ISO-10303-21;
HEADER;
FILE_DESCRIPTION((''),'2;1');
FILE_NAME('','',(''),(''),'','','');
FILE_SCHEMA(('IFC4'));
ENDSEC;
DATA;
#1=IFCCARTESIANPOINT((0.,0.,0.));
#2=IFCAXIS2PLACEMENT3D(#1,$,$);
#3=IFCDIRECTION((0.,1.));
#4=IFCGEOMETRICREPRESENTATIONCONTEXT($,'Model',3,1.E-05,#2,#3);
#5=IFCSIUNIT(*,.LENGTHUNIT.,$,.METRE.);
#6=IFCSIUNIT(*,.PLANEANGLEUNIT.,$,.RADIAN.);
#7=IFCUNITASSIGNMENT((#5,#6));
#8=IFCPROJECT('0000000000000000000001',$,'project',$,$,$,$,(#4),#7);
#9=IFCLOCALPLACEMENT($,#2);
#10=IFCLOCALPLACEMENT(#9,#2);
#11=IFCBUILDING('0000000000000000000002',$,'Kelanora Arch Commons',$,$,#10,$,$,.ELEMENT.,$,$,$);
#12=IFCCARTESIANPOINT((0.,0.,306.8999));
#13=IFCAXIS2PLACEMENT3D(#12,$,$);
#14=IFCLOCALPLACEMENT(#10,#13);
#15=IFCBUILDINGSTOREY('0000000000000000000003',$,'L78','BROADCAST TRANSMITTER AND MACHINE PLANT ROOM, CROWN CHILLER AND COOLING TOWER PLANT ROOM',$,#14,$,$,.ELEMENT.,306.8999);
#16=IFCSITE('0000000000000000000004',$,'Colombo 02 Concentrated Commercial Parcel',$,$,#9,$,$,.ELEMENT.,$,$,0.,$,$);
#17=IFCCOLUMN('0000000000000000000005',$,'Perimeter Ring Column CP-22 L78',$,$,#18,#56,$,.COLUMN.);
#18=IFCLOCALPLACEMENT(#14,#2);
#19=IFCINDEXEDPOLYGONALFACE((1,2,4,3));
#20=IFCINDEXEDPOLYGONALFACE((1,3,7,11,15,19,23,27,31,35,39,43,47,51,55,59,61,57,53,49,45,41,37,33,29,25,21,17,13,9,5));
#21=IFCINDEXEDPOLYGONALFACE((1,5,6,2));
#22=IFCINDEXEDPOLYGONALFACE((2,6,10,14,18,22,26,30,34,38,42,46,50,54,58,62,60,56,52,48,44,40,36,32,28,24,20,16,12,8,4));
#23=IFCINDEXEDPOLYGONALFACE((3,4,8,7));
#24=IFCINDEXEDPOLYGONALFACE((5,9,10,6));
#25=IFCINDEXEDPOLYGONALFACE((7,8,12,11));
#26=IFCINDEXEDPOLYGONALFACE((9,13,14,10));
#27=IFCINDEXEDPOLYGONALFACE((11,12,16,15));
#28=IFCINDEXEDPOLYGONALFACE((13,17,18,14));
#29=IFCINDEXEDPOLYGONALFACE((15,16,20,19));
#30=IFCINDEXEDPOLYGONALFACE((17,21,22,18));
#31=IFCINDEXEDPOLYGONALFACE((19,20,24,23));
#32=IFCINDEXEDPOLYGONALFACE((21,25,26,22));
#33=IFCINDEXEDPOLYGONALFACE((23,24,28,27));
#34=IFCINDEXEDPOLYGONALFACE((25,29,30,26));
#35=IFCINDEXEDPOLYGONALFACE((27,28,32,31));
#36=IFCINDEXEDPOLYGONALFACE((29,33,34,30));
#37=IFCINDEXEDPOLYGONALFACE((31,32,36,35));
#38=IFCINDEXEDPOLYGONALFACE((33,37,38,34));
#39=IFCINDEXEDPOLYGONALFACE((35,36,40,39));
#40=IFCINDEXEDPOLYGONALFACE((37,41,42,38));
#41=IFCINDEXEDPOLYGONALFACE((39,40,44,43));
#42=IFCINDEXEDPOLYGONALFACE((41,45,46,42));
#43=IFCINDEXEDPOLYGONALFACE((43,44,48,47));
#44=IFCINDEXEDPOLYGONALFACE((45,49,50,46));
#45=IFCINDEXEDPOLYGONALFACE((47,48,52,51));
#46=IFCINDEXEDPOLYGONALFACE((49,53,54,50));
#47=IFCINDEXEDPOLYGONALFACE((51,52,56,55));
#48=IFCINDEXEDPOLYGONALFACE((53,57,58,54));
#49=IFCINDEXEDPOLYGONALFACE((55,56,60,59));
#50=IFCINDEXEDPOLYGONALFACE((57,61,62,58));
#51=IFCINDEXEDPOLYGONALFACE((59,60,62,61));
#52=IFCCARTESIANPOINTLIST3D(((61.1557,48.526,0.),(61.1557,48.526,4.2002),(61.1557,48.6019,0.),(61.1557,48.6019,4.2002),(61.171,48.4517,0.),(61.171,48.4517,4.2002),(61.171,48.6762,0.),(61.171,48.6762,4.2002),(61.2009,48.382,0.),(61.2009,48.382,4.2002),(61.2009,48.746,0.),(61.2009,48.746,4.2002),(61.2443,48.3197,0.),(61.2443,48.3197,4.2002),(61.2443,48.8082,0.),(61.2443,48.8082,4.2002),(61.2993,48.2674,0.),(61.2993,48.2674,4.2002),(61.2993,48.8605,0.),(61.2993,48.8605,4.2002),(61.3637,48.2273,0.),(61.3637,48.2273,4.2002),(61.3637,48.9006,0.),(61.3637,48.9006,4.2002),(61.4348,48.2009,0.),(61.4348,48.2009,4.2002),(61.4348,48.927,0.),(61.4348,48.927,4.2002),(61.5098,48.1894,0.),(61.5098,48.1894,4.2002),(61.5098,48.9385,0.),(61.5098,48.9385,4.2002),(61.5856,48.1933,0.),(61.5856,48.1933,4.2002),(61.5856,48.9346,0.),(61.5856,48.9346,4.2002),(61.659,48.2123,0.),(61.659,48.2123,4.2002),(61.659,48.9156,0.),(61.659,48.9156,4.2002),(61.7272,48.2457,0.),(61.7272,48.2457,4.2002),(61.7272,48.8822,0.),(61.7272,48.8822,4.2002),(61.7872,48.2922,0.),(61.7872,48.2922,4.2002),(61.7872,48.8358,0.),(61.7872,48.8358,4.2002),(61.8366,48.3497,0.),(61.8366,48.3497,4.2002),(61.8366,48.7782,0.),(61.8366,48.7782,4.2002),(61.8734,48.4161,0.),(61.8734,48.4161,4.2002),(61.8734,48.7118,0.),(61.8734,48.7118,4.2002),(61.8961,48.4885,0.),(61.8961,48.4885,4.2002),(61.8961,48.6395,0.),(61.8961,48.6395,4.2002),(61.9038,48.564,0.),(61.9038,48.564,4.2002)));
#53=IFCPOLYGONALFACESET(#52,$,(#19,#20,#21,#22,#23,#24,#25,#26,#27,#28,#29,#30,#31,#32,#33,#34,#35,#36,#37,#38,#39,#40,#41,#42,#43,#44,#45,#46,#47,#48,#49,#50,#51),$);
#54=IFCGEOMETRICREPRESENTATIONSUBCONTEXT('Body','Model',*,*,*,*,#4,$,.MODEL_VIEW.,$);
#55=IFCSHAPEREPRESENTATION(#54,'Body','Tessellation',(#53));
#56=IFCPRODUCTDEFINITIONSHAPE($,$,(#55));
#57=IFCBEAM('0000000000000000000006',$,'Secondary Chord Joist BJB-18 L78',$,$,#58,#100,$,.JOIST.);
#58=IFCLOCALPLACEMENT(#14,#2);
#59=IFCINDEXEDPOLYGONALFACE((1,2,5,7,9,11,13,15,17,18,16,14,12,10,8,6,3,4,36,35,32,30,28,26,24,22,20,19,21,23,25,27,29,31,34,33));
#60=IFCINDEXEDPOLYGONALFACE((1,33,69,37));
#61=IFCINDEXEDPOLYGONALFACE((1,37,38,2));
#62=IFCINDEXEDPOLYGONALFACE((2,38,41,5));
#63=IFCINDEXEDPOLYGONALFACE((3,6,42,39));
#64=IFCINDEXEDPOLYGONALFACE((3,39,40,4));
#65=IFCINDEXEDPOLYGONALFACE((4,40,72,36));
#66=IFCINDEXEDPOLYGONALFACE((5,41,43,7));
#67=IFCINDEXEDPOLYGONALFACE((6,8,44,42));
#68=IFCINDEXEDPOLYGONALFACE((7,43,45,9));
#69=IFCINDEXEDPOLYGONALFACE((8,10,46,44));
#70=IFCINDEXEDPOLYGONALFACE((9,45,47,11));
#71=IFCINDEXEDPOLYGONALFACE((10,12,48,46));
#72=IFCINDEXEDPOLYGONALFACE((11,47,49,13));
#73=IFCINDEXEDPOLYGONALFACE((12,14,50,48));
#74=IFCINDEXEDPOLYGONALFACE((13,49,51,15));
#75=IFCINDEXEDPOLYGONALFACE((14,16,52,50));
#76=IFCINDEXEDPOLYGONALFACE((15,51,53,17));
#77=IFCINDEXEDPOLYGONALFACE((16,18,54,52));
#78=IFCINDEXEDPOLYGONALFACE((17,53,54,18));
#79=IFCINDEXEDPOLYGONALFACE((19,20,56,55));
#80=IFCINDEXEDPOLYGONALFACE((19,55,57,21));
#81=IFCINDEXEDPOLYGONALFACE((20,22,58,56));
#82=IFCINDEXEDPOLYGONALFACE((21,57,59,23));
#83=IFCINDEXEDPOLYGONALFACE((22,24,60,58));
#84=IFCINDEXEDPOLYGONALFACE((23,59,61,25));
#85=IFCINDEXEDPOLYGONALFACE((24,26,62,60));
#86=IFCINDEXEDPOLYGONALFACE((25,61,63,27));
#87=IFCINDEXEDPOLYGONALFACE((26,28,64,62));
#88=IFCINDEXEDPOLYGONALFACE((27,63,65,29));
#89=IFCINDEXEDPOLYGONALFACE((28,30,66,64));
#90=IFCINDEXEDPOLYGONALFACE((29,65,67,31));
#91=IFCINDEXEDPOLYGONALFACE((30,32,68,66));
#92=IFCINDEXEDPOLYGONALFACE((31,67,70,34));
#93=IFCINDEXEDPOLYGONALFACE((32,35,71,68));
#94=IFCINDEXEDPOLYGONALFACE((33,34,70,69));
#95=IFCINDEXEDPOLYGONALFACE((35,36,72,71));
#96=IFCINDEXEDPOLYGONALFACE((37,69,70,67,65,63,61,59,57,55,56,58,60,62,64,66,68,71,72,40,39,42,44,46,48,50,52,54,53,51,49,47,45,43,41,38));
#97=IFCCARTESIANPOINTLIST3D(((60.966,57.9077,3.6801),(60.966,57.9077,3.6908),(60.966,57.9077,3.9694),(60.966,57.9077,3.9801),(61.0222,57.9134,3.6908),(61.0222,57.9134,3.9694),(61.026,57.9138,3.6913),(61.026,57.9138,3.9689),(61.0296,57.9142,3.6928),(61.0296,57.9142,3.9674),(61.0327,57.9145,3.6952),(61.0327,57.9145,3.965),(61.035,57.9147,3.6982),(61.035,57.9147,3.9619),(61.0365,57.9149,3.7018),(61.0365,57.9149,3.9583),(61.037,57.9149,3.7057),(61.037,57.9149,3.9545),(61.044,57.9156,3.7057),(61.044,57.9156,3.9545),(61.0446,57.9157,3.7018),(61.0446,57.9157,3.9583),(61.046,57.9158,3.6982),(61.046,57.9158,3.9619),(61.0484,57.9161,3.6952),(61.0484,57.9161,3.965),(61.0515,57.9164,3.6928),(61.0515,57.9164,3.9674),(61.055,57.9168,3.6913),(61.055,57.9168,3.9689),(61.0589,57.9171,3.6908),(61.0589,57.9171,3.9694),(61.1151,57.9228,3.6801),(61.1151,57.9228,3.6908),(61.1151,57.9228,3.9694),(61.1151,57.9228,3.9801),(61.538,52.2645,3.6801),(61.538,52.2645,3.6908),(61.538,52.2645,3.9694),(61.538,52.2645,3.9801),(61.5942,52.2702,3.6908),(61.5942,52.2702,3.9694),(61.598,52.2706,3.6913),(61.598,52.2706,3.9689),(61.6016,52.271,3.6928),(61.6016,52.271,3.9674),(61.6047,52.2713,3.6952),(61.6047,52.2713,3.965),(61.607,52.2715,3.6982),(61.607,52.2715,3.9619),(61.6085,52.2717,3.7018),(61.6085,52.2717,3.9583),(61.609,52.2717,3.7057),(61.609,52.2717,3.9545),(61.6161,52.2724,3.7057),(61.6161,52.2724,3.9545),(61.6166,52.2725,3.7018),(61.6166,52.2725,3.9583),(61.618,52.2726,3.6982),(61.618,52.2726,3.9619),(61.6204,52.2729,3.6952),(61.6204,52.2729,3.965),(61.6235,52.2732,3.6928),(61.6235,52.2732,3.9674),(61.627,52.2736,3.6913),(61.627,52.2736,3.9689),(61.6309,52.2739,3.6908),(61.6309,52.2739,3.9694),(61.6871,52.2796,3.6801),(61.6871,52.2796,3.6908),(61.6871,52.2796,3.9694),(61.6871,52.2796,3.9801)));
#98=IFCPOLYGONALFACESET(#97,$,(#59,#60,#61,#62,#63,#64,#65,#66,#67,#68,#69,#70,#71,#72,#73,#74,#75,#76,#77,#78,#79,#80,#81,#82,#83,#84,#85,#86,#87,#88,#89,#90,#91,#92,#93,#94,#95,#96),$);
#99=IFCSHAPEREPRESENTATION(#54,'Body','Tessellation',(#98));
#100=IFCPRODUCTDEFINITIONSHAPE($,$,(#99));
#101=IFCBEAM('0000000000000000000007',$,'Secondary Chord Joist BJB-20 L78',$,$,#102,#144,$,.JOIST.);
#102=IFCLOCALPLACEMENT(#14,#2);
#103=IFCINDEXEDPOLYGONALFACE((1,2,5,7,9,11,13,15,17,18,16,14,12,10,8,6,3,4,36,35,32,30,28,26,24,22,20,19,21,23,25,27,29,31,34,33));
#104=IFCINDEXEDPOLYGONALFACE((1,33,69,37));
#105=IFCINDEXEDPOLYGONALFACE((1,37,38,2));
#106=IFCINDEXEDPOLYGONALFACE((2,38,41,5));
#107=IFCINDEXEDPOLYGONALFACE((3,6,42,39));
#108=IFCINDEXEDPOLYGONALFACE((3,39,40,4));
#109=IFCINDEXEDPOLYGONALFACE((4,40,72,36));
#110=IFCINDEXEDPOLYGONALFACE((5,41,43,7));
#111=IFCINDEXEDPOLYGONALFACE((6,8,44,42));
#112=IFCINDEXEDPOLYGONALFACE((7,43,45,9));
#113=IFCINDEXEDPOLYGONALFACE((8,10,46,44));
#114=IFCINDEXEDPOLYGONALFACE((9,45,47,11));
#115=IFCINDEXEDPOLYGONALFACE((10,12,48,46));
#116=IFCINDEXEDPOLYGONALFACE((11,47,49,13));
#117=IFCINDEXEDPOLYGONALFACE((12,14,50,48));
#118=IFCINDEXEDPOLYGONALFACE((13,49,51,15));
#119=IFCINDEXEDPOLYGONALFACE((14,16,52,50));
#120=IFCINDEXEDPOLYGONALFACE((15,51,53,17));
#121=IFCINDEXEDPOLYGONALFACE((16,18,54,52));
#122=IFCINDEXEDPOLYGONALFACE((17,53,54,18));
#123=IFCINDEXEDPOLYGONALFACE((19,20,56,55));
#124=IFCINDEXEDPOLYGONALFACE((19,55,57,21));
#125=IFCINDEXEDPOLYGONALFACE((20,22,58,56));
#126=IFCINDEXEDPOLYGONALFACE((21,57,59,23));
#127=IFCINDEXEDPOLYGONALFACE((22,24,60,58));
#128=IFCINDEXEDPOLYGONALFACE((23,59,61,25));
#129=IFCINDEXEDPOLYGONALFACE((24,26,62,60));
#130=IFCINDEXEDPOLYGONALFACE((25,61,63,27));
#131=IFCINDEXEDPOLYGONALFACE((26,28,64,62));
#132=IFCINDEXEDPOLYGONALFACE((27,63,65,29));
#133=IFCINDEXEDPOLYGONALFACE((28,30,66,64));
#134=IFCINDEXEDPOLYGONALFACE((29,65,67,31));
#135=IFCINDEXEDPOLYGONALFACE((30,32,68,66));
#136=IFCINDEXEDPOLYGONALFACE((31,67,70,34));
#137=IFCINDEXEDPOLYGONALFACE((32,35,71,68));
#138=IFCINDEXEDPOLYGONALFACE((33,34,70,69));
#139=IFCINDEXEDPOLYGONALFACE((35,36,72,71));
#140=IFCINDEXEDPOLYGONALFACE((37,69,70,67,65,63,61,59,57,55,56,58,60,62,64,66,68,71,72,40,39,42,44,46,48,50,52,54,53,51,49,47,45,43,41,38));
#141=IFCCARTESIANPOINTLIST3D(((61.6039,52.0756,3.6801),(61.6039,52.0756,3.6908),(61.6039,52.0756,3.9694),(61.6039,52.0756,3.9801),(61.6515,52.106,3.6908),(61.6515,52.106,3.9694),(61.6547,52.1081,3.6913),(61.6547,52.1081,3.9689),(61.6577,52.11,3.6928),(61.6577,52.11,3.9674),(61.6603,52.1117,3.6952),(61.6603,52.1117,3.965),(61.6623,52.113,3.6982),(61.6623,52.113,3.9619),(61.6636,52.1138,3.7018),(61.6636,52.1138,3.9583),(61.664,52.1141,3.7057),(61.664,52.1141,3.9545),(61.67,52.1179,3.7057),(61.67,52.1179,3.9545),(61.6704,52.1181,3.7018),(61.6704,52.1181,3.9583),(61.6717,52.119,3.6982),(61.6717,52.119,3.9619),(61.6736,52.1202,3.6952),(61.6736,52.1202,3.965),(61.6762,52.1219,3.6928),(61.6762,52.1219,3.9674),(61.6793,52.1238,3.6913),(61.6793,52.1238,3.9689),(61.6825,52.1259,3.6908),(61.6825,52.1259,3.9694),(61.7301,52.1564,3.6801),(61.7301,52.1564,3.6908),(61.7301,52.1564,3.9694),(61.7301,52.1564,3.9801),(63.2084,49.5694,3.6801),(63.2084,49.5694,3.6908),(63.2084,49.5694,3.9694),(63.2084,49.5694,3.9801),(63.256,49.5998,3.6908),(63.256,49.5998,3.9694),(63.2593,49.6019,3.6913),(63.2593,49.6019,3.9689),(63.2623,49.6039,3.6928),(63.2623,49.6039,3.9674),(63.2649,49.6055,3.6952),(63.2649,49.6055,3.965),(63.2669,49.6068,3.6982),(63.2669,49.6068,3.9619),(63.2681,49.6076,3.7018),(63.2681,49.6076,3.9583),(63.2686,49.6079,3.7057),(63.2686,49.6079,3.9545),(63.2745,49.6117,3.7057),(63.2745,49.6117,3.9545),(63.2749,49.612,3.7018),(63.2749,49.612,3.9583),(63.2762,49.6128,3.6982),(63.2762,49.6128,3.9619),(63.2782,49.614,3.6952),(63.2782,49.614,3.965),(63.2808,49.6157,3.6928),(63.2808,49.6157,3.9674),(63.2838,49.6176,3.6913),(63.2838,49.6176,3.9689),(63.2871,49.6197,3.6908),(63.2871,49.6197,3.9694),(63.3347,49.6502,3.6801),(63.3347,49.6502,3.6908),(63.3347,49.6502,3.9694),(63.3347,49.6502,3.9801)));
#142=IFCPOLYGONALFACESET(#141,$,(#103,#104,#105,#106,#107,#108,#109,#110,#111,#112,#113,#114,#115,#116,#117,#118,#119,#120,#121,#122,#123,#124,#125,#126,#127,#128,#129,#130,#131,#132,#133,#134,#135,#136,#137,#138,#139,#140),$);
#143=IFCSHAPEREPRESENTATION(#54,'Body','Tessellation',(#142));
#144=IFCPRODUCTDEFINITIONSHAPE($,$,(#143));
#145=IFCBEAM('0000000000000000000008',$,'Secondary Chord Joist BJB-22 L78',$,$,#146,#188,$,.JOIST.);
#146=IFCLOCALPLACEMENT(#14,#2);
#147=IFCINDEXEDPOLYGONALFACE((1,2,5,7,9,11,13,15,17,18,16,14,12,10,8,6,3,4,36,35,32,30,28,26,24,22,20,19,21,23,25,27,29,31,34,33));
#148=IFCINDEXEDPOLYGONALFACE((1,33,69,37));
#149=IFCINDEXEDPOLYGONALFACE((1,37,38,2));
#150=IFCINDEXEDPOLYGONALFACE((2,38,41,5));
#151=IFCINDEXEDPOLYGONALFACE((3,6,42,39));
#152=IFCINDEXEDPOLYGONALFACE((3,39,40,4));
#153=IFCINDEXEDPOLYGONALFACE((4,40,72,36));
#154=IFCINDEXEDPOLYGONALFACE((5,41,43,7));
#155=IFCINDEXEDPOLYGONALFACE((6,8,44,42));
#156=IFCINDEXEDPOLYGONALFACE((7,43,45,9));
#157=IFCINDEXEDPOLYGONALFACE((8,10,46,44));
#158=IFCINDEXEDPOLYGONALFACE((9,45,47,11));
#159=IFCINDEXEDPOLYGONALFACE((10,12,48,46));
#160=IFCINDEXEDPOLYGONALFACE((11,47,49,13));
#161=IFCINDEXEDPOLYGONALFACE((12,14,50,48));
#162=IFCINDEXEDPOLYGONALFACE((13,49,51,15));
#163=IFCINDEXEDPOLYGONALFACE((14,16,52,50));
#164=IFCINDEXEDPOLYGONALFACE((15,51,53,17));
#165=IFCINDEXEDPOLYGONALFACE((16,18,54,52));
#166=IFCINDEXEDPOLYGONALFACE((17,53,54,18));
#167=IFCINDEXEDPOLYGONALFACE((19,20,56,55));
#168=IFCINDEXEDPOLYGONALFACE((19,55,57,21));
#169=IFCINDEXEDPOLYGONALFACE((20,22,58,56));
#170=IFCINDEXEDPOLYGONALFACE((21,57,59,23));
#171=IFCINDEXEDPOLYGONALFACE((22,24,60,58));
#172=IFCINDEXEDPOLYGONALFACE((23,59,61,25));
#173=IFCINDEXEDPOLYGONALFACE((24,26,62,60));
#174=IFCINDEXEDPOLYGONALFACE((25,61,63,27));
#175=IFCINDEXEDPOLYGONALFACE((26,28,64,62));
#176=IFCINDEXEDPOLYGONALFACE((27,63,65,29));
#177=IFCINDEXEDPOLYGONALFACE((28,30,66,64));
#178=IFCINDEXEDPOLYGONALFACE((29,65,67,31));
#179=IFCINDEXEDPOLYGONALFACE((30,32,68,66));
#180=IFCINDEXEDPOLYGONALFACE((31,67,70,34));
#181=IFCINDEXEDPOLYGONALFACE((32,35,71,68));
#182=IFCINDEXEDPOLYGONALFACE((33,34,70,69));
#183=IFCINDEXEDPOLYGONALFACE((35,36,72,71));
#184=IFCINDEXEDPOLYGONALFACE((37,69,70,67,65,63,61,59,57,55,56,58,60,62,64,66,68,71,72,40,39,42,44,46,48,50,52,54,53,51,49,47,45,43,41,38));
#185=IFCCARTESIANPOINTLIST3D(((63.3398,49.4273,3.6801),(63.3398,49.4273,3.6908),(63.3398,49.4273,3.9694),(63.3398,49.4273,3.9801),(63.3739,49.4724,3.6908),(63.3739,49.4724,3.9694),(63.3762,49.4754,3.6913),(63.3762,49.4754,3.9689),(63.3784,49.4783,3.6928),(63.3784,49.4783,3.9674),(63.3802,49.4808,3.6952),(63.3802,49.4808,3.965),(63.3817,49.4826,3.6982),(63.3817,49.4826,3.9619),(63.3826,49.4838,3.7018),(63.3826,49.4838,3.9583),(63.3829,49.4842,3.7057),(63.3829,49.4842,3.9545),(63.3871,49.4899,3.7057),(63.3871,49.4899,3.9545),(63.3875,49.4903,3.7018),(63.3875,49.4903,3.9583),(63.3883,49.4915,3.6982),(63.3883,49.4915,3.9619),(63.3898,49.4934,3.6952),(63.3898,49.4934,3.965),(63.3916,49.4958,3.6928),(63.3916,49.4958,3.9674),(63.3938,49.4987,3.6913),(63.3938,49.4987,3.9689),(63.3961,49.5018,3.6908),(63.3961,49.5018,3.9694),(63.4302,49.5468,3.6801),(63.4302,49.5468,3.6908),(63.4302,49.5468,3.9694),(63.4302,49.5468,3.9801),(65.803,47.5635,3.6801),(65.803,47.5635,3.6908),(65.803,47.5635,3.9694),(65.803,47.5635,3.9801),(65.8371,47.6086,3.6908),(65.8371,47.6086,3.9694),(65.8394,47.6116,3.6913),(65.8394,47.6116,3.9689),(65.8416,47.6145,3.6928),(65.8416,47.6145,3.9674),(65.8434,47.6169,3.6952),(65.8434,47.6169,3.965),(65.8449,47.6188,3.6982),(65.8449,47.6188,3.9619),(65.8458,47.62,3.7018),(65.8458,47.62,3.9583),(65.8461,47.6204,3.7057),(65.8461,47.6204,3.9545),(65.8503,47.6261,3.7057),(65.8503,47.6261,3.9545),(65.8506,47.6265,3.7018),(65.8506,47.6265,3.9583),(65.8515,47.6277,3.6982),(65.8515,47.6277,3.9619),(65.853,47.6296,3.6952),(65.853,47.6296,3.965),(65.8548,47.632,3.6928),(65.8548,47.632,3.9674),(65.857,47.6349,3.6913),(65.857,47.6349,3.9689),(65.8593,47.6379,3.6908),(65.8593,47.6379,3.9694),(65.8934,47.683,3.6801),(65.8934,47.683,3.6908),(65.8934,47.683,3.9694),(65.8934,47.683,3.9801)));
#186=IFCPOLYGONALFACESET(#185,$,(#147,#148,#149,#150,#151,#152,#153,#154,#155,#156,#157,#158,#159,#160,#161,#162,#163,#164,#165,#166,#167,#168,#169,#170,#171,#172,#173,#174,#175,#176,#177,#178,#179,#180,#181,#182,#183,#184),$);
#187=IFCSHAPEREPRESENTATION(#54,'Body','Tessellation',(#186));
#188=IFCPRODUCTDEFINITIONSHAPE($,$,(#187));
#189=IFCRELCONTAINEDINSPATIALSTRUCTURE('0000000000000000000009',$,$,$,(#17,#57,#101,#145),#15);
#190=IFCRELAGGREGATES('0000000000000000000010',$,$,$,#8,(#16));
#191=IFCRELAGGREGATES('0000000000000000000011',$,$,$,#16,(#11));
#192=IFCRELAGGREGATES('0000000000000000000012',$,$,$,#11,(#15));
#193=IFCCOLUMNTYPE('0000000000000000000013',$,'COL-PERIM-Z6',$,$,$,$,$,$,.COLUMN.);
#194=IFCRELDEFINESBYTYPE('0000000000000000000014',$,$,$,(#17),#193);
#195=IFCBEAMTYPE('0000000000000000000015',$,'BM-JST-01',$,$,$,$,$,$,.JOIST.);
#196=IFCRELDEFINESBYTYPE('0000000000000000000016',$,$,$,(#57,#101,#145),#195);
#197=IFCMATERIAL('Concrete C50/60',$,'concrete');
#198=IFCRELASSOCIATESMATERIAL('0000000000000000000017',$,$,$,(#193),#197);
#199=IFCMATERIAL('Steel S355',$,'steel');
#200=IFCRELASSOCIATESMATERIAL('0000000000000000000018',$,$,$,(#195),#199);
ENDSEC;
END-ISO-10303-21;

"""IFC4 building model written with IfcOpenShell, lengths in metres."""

from ifc_helpers import new_model, si_unit, direction, frame, origin, origin_2d, place, context, subcontext, project, spatial, circle, i_section, extrude, material, material_profile, profile_set, type_object, element, save


model = new_model("IFC4")

# Units and contexts
model_context = context("Model", 3, precision=1e-05, world=origin(), true_north=direction((0.0, 1.0)))
body_context = subcontext(model_context, "Body", "Model", "MODEL_VIEW")
ifc_project = project(units=[si_unit("LENGTHUNIT", "METRE"), si_unit("PLANEANGLEUNIT", "RADIAN")], contexts=[model_context])

# Site, building, storey
site_placement = place(None, origin())
site = spatial("IfcSite", under=ifc_project, at=site_placement, Name="Colombo 02 Concentrated Commercial Parcel", CompositionType="ELEMENT", RefElevation=0.0)
building_placement = place(site_placement, origin())
building = spatial("IfcBuilding", under=site, at=building_placement, Name="Kelanora Arch Commons", CompositionType="ELEMENT")
storey_placement = place(building_placement, frame((0.0, 0.0, 306.8999)))
storey = spatial("IfcBuildingStorey", under=building, at=storey_placement, Name="L78", Description="BROADCAST TRANSMITTER AND MACHINE PLANT ROOM, CROWN CHILLER AND COOLING TOWER PLANT ROOM", CompositionType="ELEMENT", Elevation=306.8999)

# Column
ifc_material_1 = material(Name="Concrete C50/60", Category="concrete")
ifc_material_profile_1 = material_profile(ifc_material_1, circle(Radius=0.375, at=origin_2d()), Name="RCC750")
ifc_profile_set_1 = profile_set([ifc_material_profile_1], Name="Concrete C50/60")
column_type = type_object("IfcColumnType", Name="COL-PERIM-Z6", PredefinedType="COLUMN", material=ifc_profile_set_1)
column_placement = place(storey_placement, frame((61.5288, 48.564, 0.0), z_axis=(0.0, 0.0, 1.0), x_axis=(1.0, 0.0, 0.0)))
element("IfcColumn", 1, at=column_placement, inside=storey, type_object=column_type, Name="Perimeter Ring Column CP-22 L78", PredefinedType="COLUMN", context=body_context, shape_type="SweptSolid", body=[
    extrude(circle(Radius=0.375, at=origin_2d()), origin(), (0.0, 0.0, 1.0), 4.2002),
])

# Beams
ifc_material_2 = material(Name="Steel S355", Category="steel")
ifc_material_profile_2 = material_profile(ifc_material_2, i_section(OverallWidth=0.1499, OverallDepth=0.3, WebThickness=0.0071, FlangeThickness=0.0107, FilletRadius=0.0149, at=origin_2d()), Name="IPE300")
ifc_profile_set_2 = profile_set([ifc_material_profile_2], Name="Steel S355")
beam_type_1 = type_object("IfcBeamType", Name="BM-JST-01", PredefinedType="JOIST", material=ifc_profile_set_2)
beam_1_placement = place(storey_placement, frame((61.0405, 57.9153, 3.8301), z_axis=(0.100846, -0.994902, 0.0), x_axis=(0.994902, 0.100846, 0.0)))
element("IfcBeam", 2, at=beam_1_placement, inside=storey, type_object=beam_type_1, Name="Secondary Chord Joist BJB-18 L78", PredefinedType="JOIST", context=body_context, shape_type="SweptSolid", body=[
    extrude(i_section(OverallWidth=0.1499, OverallDepth=0.3, WebThickness=0.0071, FlangeThickness=0.0107, FilletRadius=0.0149, at=origin_2d()), origin(), (0.0, 0.0, 1.0), 5.6721),
])
beam_2_placement = place(storey_placement, frame((61.667, 52.116, 3.8301), z_axis=(0.539193, -0.842182, 0.0), x_axis=(0.842182, 0.539193, 0.0)))
element("IfcBeam", 3, at=beam_2_placement, inside=storey, type_object=beam_type_1, Name="Secondary Chord Joist BJB-20 L78", PredefinedType="JOIST", context=body_context, shape_type="SweptSolid", body=[
    extrude(i_section(OverallWidth=0.1499, OverallDepth=0.3, WebThickness=0.0071, FlangeThickness=0.0107, FilletRadius=0.0149, at=origin_2d()), origin(), (0.0, 0.0, 1.0), 2.9758),
])
beam_3_placement = place(storey_placement, frame((63.385, 49.4871, 3.8301), z_axis=(0.797441, -0.603396, 0.0), x_axis=(0.603396, 0.797441, 0.0)))
element("IfcBeam", 4, at=beam_3_placement, inside=storey, type_object=beam_type_1, Name="Secondary Chord Joist BJB-22 L78", PredefinedType="JOIST", context=body_context, shape_type="SweptSolid", body=[
    extrude(i_section(OverallWidth=0.1499, OverallDepth=0.3, WebThickness=0.0071, FlangeThickness=0.0107, FilletRadius=0.0149, at=origin_2d()), origin(), (0.0, 0.0, 1.0), 3.0889),
])

save(model, "model.ifc")
